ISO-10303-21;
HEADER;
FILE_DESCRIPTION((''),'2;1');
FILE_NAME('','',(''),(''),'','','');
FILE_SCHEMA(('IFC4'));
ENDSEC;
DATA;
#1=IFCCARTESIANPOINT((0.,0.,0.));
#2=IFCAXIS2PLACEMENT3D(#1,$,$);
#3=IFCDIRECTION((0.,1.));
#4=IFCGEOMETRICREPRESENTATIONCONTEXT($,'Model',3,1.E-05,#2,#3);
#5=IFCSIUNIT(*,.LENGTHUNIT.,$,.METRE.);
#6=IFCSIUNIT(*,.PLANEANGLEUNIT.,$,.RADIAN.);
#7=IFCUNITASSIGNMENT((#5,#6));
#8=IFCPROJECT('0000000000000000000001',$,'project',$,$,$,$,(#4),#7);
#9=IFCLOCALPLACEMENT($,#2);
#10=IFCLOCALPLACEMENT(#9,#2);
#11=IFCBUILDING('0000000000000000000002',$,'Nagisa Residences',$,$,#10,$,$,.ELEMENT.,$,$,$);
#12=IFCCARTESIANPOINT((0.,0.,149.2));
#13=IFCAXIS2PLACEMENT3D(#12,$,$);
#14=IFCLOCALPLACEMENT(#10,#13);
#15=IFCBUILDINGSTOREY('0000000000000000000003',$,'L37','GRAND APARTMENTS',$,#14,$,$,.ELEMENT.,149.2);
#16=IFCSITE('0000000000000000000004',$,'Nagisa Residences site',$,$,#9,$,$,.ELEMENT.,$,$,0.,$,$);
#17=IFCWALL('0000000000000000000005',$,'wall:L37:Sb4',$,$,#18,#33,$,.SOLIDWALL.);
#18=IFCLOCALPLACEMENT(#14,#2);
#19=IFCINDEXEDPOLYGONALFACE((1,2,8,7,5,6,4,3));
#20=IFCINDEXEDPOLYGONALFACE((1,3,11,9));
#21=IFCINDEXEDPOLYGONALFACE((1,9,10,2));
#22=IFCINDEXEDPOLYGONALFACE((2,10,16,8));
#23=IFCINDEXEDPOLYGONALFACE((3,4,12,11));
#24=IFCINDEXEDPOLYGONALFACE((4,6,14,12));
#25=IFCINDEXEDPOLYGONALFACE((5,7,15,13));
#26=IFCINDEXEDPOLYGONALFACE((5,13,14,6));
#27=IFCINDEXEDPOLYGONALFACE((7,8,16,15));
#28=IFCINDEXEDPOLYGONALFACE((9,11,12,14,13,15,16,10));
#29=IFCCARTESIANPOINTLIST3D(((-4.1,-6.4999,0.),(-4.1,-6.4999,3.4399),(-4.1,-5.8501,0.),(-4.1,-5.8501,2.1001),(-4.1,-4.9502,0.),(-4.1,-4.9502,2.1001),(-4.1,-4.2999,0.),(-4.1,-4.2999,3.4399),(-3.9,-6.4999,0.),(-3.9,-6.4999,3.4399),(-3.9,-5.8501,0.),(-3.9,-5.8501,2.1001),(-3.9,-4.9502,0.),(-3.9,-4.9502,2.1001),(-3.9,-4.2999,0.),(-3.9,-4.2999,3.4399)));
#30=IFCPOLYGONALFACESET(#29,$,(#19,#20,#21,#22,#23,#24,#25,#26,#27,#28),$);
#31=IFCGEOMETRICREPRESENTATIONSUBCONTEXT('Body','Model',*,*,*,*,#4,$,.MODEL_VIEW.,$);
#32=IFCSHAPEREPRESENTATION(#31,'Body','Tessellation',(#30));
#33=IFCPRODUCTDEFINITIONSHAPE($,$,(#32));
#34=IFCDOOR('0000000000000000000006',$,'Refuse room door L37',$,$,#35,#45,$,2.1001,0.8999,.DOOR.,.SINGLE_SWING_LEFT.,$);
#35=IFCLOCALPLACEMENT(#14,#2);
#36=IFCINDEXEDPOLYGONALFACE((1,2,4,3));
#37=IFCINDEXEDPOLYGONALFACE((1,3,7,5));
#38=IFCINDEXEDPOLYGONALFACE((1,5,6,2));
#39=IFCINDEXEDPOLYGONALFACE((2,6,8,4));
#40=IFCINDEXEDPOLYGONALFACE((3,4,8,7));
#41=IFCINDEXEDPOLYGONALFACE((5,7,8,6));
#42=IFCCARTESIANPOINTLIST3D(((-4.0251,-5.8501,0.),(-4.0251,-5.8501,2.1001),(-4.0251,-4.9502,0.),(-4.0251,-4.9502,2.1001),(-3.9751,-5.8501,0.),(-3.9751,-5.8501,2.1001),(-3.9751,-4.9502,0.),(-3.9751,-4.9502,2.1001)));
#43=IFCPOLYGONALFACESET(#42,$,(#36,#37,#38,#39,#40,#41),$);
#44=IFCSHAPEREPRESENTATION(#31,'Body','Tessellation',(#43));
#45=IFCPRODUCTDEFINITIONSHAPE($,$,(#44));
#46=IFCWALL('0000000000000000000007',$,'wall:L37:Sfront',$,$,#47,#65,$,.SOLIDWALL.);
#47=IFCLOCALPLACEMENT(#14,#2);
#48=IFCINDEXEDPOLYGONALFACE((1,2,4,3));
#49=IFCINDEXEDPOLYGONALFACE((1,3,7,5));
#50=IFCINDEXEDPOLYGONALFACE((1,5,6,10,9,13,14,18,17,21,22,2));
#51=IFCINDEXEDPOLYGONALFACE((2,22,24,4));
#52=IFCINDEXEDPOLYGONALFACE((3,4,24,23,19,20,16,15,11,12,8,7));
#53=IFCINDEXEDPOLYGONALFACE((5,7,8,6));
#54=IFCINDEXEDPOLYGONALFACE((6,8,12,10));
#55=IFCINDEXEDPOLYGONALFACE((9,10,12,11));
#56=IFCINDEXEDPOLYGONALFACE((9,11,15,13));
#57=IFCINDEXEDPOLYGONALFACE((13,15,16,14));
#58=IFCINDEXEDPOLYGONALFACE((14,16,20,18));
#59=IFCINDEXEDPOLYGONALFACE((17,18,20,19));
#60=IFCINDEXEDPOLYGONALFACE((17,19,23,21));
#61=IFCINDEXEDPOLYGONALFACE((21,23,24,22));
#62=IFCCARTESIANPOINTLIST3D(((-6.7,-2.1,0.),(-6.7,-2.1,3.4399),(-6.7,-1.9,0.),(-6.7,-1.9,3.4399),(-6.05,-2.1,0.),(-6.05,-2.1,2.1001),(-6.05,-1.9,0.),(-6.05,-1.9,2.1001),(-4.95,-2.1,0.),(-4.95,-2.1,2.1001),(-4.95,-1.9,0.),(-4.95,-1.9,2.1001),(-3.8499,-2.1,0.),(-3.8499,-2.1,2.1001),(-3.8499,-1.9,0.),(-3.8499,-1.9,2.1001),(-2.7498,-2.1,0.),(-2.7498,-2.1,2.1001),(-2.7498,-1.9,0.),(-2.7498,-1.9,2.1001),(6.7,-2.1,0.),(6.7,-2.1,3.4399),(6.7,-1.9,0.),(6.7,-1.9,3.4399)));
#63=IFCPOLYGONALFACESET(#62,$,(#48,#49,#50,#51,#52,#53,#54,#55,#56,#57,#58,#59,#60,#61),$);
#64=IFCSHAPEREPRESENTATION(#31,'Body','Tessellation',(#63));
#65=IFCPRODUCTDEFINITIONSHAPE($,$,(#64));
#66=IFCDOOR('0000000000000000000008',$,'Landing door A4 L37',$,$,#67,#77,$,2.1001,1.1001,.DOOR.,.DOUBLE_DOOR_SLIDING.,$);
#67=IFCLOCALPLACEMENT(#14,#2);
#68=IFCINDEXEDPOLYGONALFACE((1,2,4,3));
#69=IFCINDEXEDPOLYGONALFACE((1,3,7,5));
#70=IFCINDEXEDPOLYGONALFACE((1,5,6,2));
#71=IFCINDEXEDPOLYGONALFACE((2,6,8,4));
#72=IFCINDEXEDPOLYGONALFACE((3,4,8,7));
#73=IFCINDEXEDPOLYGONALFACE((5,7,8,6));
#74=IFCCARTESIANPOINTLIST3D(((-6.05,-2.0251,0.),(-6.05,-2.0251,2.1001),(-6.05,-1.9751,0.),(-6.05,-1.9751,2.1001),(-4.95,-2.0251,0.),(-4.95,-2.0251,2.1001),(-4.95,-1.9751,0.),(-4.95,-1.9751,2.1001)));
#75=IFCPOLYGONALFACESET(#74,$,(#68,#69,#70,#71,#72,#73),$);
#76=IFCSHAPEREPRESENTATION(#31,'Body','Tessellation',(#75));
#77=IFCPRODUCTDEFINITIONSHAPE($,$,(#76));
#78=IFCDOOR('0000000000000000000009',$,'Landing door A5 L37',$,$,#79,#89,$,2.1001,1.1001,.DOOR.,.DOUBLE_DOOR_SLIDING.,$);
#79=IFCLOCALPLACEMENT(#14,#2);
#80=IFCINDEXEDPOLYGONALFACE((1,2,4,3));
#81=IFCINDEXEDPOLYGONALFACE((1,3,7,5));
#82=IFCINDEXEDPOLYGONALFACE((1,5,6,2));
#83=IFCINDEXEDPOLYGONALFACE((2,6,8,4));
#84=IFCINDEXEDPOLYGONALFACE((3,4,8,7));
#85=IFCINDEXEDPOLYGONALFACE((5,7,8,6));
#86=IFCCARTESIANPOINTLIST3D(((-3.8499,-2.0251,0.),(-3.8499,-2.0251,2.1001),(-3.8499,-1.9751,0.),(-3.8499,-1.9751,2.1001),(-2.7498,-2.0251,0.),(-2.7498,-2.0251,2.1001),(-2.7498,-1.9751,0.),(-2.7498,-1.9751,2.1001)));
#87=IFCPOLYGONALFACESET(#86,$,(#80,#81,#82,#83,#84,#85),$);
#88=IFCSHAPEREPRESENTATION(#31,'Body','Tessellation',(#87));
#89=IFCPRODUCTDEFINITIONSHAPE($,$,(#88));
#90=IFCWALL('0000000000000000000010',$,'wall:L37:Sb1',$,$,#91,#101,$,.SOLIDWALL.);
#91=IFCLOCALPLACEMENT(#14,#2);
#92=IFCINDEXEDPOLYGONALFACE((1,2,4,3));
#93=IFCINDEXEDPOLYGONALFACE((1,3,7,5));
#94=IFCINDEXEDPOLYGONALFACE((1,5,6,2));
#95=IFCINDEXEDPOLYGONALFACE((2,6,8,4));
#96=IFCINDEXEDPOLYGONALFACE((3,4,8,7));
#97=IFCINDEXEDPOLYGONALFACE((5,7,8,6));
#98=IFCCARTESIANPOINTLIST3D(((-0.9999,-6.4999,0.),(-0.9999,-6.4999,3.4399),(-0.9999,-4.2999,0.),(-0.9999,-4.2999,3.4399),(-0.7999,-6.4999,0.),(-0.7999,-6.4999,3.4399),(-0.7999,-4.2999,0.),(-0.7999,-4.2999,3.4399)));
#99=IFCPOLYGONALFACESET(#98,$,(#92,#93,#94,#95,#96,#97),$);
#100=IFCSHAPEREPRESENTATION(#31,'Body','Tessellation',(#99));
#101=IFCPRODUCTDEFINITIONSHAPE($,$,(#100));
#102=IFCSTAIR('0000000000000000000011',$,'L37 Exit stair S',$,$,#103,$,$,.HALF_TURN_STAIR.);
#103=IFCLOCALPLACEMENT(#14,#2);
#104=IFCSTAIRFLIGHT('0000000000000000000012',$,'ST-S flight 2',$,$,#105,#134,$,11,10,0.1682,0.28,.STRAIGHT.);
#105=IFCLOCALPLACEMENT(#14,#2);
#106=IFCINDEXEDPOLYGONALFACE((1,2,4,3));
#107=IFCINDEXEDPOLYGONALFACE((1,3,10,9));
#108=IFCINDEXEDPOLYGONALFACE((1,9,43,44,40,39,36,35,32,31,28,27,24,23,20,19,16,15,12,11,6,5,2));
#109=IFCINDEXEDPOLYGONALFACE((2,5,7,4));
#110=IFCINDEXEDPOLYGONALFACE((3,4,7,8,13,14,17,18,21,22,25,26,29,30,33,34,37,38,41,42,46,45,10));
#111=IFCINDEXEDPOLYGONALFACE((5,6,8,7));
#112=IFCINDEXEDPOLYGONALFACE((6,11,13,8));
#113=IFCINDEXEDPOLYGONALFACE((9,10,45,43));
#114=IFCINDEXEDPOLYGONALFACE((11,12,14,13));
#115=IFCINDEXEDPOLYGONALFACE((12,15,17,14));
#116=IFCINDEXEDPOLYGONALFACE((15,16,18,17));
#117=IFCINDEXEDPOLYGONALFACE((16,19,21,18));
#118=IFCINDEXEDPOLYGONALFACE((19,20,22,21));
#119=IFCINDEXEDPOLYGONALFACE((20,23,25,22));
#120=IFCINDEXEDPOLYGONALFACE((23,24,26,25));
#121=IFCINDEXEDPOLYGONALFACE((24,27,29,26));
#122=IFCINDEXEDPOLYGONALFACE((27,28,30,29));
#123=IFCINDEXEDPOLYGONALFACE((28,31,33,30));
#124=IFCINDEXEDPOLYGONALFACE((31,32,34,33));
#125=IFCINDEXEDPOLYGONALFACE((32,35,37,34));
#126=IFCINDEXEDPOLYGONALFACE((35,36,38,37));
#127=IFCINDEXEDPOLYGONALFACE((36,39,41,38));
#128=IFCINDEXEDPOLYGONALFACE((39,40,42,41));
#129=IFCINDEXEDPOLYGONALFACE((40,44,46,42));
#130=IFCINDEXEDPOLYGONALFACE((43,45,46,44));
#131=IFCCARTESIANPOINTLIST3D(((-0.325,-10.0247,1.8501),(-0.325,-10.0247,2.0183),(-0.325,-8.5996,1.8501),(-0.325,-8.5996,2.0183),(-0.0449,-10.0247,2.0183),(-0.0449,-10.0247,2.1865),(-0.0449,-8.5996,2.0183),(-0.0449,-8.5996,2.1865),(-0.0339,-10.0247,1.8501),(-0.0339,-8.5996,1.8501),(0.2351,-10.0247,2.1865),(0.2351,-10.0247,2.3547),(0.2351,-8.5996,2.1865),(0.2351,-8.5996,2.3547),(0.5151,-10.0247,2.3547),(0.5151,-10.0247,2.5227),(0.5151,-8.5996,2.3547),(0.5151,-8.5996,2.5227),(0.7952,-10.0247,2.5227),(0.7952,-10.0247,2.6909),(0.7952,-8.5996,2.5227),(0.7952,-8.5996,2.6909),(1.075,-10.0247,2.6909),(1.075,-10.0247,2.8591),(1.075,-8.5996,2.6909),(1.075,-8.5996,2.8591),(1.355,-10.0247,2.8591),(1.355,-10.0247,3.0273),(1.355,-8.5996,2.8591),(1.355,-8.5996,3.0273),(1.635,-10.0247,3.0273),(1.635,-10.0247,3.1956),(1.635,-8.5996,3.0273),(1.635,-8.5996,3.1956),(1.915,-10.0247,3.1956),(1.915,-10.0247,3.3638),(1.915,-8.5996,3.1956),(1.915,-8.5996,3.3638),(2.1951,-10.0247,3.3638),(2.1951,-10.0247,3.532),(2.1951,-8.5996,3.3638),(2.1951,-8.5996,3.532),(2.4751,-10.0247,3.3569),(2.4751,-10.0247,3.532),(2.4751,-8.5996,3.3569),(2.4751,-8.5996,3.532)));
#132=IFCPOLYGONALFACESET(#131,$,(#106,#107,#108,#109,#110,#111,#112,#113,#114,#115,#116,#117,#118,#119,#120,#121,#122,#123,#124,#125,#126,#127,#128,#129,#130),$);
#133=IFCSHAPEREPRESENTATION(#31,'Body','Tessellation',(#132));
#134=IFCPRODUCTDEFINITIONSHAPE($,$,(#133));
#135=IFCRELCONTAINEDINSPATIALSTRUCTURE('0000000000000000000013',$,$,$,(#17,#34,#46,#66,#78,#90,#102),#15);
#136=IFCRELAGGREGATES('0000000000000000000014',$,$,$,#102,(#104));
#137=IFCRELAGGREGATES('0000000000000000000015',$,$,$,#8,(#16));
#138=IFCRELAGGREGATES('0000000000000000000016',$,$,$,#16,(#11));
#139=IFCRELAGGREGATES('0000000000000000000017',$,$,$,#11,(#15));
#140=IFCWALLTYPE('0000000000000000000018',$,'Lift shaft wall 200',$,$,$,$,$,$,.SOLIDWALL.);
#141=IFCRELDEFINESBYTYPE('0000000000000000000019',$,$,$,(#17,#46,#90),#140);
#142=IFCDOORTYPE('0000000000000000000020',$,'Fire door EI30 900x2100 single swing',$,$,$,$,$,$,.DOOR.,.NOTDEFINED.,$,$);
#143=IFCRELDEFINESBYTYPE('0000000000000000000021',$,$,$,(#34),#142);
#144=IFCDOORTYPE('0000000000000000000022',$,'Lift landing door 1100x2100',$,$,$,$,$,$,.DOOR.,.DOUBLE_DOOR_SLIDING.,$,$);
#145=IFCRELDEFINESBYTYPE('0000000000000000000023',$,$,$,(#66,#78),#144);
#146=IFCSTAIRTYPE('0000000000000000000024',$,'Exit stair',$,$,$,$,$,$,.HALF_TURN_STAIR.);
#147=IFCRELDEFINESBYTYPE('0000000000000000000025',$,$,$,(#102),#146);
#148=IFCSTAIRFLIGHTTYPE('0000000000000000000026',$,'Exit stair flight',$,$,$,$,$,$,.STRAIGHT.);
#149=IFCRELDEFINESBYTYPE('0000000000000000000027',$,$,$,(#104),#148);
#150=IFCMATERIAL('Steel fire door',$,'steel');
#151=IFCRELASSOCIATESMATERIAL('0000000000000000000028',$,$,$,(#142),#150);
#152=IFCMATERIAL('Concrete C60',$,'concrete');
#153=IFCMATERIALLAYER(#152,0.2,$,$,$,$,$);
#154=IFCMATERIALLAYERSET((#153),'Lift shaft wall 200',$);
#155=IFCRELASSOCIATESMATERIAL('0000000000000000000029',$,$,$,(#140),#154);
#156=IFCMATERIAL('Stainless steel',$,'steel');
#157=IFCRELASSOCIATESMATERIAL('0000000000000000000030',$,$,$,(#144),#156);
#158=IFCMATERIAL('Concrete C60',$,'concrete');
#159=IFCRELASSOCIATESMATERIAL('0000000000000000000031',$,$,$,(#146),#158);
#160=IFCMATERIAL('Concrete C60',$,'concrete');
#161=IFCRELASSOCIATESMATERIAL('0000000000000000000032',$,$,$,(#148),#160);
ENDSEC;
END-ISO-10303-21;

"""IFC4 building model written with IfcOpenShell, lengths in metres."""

from ifc_helpers import new_model, si_unit, direction, frame, frame_2d, origin, place, context, subcontext, project, spatial, polyline, rectangle, outline, extrude, material, layer, layer_set, type_object, element, fill, aggregate, save


model = new_model("IFC4")

# Units and contexts
model_context = context("Model", 3, precision=1e-05, world=origin(), true_north=direction((0.0, 1.0)))
body_context = subcontext(model_context, "Body", "Model", "MODEL_VIEW")
ifc_project = project(units=[si_unit("LENGTHUNIT", "METRE"), si_unit("PLANEANGLEUNIT", "RADIAN")], contexts=[model_context])

# Site, building, storey
site_placement = place(None, origin())
site = spatial("IfcSite", under=ifc_project, at=site_placement, Name="Nagisa Residences site", CompositionType="ELEMENT", RefElevation=0.0)
building_placement = place(site_placement, origin())
building = spatial("IfcBuilding", under=site, at=building_placement, Name="Nagisa Residences", CompositionType="ELEMENT")
storey_placement = place(building_placement, frame((0.0, 0.0, 149.2)))
storey = spatial("IfcBuildingStorey", under=building, at=storey_placement, Name="L37", Description="GRAND APARTMENTS", CompositionType="ELEMENT", Elevation=149.2)

# Wall, opening, door
ifc_material_1 = material(Name="Steel fire door", Category="steel")
door_type_1 = type_object("IfcDoorType", Name="Fire door EI30 900x2100 single swing", OperationType="NOTDEFINED", PredefinedType="DOOR", material=ifc_material_1)
ifc_material_2 = material(Name="Concrete C60", Category="concrete")
ifc_layer_1 = layer(ifc_material_2, 0.2)
ifc_layer_set_1 = layer_set([ifc_layer_1], Name="Lift shaft wall 200")
wall_type_1 = type_object("IfcWallType", Name="Lift shaft wall 200", PredefinedType="SOLIDWALL", material=ifc_layer_set_1)
wall_1_placement = place(storey_placement, frame((-4.0, -6.5, 0.0), z_axis=(0.0, 0.0, 1.0), x_axis=(0.0, 1.0, 0.0)))
wall_1 = element("IfcWall", 1, at=wall_1_placement, inside=storey, type_object=wall_type_1, Name="wall:L37:Sb4", PredefinedType="SOLIDWALL", context=body_context, shape_type="SweptSolid", body=[
    extrude(rectangle(XDim=2.2, YDim=0.2, at=frame_2d((1.1001, 0.0))), origin(), (0.0, 0.0, 1.0), 3.4399),
])
opening_1_placement = place(wall_1_placement, frame((0.6499, 0.0, 0.0)))
opening_1 = element("IfcOpeningElement", 2, at=opening_1_placement, cuts=wall_1, PredefinedType="OPENING", context=body_context, shape_type="SweptSolid", body=[
    extrude(rectangle(XDim=0.8999, YDim=2.1001, at=frame_2d((0.45, 1.05))), frame((0.0, 0.1099, 0.0), z_axis=(0.0, -1.0, 0.0), x_axis=(1.0, 0.0, 0.0)), (0.0, 0.0, 1.0), 0.22),
])
door_1_placement = place(opening_1_placement, frame((0.8999, 0.0, 0.0), x_axis=(-1.0, 0.0, 0.0)))
door_1 = element("IfcDoor", 3, at=door_1_placement, inside=storey, type_object=door_type_1, Name="Refuse room door L37", OperationType="SINGLE_SWING_LEFT", OverallHeight=2.1001, OverallWidth=0.8999, PredefinedType="DOOR", context=body_context, shape_type="SweptSolid", body=[
    extrude(rectangle(XDim=0.8999, YDim=2.1001, at=frame_2d((0.45, 1.05))), frame((0.0, 0.0249, 0.0), z_axis=(0.0, -1.0, 0.0), x_axis=(1.0, 0.0, 0.0)), (0.0, 0.0, 1.0), 0.05),
])
fill(opening_1, door_1)

# Wall, openings, doors
wall_2_placement = place(storey_placement, frame((-6.7, -2.0, 0.0), z_axis=(0.0, 0.0, 1.0), x_axis=(1.0, 0.0, 0.0)))
wall_2 = element("IfcWall", 4, at=wall_2_placement, inside=storey, type_object=wall_type_1, Name="wall:L37:Sfront", PredefinedType="SOLIDWALL", context=body_context, shape_type="SweptSolid", body=[
    extrude(rectangle(XDim=13.3999, YDim=0.2, at=frame_2d((6.7, 0.0))), origin(), (0.0, 0.0, 1.0), 3.4399),
])
opening_2_placement = place(wall_2_placement, frame((0.6499, 0.0, 0.0)))
opening_2 = element("IfcOpeningElement", 5, at=opening_2_placement, cuts=wall_2, PredefinedType="OPENING", context=body_context, shape_type="SweptSolid", body=[
    extrude(rectangle(XDim=1.1001, YDim=2.1001, at=frame_2d((0.55, 1.05))), frame((0.0, 0.1099, 0.0), z_axis=(0.0, -1.0, 0.0), x_axis=(1.0, 0.0, 0.0)), (0.0, 0.0, 1.0), 0.22),
])
opening_3_placement = place(wall_2_placement, frame((2.8501, 0.0, 0.0)))
opening_3 = element("IfcOpeningElement", 6, at=opening_3_placement, cuts=wall_2, PredefinedType="OPENING", context=body_context, shape_type="SweptSolid", body=[
    extrude(rectangle(XDim=1.1001, YDim=2.1001, at=frame_2d((0.55, 1.05))), frame((0.0, 0.1099, 0.0), z_axis=(0.0, -1.0, 0.0), x_axis=(1.0, 0.0, 0.0)), (0.0, 0.0, 1.0), 0.22),
])
ifc_material_3 = material(Name="Stainless steel", Category="steel")
door_type_2 = type_object("IfcDoorType", Name="Lift landing door 1100x2100", OperationType="DOUBLE_DOOR_SLIDING", PredefinedType="DOOR", material=ifc_material_3)
door_2_placement = place(opening_2_placement, origin())
door_2 = element("IfcDoor", 7, at=door_2_placement, inside=storey, type_object=door_type_2, Name="Landing door A4 L37", OperationType="DOUBLE_DOOR_SLIDING", OverallHeight=2.1001, OverallWidth=1.1001, PredefinedType="DOOR", context=body_context, shape_type="SweptSolid", body=[
    extrude(rectangle(XDim=1.1001, YDim=2.1001, at=frame_2d((0.55, 1.05))), frame((0.0, 0.0249, 0.0), z_axis=(0.0, -1.0, 0.0), x_axis=(1.0, 0.0, 0.0)), (0.0, 0.0, 1.0), 0.05),
])
fill(opening_2, door_2)
door_3_placement = place(opening_3_placement, origin())
door_3 = element("IfcDoor", 8, at=door_3_placement, inside=storey, type_object=door_type_2, Name="Landing door A5 L37", OperationType="DOUBLE_DOOR_SLIDING", OverallHeight=2.1001, OverallWidth=1.1001, PredefinedType="DOOR", context=body_context, shape_type="SweptSolid", body=[
    extrude(rectangle(XDim=1.1001, YDim=2.1001, at=frame_2d((0.55, 1.05))), frame((0.0, 0.0249, 0.0), z_axis=(0.0, -1.0, 0.0), x_axis=(1.0, 0.0, 0.0)), (0.0, 0.0, 1.0), 0.05),
])
fill(opening_3, door_3)

# Wall
wall_3_placement = place(storey_placement, frame((-0.8999, -6.5, 0.0), z_axis=(0.0, 0.0, 1.0), x_axis=(0.0, 1.0, 0.0)))
element("IfcWall", 9, at=wall_3_placement, inside=storey, type_object=wall_type_1, Name="wall:L37:Sb1", PredefinedType="SOLIDWALL", context=body_context, shape_type="SweptSolid", body=[
    extrude(rectangle(XDim=2.2, YDim=0.2, at=frame_2d((1.1001, 0.0))), origin(), (0.0, 0.0, 1.0), 3.4399),
])

# Stair, stair flight
ifc_material_4 = material(Name="Concrete C60", Category="concrete")
stair_type = type_object("IfcStairType", Name="Exit stair", PredefinedType="HALF_TURN_STAIR", material=ifc_material_4)
stair_placement = place(storey_placement, origin())
stair = element("IfcStair", 10, at=stair_placement, inside=storey, type_object=stair_type, Name="L37 Exit stair S", PredefinedType="HALF_TURN_STAIR")
ifc_material_5 = material(Name="Concrete C60", Category="concrete")
stair_flight_type = type_object("IfcStairFlightType", Name="Exit stair flight", PredefinedType="STRAIGHT", material=ifc_material_5)
stair_flight_placement = place(storey_placement, frame((-0.325, -9.312, 1.8501), z_axis=(0.0, 0.0, 1.0), x_axis=(1.0, 0.0, 0.0)))
stair_flight = element("IfcStairFlight", 11, at=stair_flight_placement, type_object=stair_flight_type, Name="ST-S flight 2", NumberOfRisers=11, NumberOfTreads=10, PredefinedType="STRAIGHT", RiserHeight=0.1682, TreadLength=0.28, context=body_context, shape_type="SweptSolid", body=[
    extrude(outline(polyline([(0.0, 0.0), (0.0, 0.1682), (0.28, 0.1682), (0.28, 0.3364), (0.5601, 0.3364), (0.5601, 0.5046), (0.8401, 0.5046), (0.8401, 0.6726), (1.1201, 0.6726), (1.1201, 0.8408), (1.3999, 0.8408), (1.3999, 1.009), (1.6799, 1.009), (1.6799, 1.1772), (1.96, 1.1772), (1.96, 1.3455), (2.24, 1.3455), (2.24, 1.5137), (2.52, 1.5137), (2.52, 1.6819), (2.8, 1.6819), (2.8, 1.8501), (2.8, 1.5068), (0.291, 0.0), (0.0, 0.0)])), frame((0.0, 0.7124, 0.0), z_axis=(0.0, -1.0, 0.0), x_axis=(1.0, 0.0, 0.0)), (0.0, 0.0, 1.0), 1.425),
])
aggregate(stair, [stair_flight])

save(model, "model.ifc")
